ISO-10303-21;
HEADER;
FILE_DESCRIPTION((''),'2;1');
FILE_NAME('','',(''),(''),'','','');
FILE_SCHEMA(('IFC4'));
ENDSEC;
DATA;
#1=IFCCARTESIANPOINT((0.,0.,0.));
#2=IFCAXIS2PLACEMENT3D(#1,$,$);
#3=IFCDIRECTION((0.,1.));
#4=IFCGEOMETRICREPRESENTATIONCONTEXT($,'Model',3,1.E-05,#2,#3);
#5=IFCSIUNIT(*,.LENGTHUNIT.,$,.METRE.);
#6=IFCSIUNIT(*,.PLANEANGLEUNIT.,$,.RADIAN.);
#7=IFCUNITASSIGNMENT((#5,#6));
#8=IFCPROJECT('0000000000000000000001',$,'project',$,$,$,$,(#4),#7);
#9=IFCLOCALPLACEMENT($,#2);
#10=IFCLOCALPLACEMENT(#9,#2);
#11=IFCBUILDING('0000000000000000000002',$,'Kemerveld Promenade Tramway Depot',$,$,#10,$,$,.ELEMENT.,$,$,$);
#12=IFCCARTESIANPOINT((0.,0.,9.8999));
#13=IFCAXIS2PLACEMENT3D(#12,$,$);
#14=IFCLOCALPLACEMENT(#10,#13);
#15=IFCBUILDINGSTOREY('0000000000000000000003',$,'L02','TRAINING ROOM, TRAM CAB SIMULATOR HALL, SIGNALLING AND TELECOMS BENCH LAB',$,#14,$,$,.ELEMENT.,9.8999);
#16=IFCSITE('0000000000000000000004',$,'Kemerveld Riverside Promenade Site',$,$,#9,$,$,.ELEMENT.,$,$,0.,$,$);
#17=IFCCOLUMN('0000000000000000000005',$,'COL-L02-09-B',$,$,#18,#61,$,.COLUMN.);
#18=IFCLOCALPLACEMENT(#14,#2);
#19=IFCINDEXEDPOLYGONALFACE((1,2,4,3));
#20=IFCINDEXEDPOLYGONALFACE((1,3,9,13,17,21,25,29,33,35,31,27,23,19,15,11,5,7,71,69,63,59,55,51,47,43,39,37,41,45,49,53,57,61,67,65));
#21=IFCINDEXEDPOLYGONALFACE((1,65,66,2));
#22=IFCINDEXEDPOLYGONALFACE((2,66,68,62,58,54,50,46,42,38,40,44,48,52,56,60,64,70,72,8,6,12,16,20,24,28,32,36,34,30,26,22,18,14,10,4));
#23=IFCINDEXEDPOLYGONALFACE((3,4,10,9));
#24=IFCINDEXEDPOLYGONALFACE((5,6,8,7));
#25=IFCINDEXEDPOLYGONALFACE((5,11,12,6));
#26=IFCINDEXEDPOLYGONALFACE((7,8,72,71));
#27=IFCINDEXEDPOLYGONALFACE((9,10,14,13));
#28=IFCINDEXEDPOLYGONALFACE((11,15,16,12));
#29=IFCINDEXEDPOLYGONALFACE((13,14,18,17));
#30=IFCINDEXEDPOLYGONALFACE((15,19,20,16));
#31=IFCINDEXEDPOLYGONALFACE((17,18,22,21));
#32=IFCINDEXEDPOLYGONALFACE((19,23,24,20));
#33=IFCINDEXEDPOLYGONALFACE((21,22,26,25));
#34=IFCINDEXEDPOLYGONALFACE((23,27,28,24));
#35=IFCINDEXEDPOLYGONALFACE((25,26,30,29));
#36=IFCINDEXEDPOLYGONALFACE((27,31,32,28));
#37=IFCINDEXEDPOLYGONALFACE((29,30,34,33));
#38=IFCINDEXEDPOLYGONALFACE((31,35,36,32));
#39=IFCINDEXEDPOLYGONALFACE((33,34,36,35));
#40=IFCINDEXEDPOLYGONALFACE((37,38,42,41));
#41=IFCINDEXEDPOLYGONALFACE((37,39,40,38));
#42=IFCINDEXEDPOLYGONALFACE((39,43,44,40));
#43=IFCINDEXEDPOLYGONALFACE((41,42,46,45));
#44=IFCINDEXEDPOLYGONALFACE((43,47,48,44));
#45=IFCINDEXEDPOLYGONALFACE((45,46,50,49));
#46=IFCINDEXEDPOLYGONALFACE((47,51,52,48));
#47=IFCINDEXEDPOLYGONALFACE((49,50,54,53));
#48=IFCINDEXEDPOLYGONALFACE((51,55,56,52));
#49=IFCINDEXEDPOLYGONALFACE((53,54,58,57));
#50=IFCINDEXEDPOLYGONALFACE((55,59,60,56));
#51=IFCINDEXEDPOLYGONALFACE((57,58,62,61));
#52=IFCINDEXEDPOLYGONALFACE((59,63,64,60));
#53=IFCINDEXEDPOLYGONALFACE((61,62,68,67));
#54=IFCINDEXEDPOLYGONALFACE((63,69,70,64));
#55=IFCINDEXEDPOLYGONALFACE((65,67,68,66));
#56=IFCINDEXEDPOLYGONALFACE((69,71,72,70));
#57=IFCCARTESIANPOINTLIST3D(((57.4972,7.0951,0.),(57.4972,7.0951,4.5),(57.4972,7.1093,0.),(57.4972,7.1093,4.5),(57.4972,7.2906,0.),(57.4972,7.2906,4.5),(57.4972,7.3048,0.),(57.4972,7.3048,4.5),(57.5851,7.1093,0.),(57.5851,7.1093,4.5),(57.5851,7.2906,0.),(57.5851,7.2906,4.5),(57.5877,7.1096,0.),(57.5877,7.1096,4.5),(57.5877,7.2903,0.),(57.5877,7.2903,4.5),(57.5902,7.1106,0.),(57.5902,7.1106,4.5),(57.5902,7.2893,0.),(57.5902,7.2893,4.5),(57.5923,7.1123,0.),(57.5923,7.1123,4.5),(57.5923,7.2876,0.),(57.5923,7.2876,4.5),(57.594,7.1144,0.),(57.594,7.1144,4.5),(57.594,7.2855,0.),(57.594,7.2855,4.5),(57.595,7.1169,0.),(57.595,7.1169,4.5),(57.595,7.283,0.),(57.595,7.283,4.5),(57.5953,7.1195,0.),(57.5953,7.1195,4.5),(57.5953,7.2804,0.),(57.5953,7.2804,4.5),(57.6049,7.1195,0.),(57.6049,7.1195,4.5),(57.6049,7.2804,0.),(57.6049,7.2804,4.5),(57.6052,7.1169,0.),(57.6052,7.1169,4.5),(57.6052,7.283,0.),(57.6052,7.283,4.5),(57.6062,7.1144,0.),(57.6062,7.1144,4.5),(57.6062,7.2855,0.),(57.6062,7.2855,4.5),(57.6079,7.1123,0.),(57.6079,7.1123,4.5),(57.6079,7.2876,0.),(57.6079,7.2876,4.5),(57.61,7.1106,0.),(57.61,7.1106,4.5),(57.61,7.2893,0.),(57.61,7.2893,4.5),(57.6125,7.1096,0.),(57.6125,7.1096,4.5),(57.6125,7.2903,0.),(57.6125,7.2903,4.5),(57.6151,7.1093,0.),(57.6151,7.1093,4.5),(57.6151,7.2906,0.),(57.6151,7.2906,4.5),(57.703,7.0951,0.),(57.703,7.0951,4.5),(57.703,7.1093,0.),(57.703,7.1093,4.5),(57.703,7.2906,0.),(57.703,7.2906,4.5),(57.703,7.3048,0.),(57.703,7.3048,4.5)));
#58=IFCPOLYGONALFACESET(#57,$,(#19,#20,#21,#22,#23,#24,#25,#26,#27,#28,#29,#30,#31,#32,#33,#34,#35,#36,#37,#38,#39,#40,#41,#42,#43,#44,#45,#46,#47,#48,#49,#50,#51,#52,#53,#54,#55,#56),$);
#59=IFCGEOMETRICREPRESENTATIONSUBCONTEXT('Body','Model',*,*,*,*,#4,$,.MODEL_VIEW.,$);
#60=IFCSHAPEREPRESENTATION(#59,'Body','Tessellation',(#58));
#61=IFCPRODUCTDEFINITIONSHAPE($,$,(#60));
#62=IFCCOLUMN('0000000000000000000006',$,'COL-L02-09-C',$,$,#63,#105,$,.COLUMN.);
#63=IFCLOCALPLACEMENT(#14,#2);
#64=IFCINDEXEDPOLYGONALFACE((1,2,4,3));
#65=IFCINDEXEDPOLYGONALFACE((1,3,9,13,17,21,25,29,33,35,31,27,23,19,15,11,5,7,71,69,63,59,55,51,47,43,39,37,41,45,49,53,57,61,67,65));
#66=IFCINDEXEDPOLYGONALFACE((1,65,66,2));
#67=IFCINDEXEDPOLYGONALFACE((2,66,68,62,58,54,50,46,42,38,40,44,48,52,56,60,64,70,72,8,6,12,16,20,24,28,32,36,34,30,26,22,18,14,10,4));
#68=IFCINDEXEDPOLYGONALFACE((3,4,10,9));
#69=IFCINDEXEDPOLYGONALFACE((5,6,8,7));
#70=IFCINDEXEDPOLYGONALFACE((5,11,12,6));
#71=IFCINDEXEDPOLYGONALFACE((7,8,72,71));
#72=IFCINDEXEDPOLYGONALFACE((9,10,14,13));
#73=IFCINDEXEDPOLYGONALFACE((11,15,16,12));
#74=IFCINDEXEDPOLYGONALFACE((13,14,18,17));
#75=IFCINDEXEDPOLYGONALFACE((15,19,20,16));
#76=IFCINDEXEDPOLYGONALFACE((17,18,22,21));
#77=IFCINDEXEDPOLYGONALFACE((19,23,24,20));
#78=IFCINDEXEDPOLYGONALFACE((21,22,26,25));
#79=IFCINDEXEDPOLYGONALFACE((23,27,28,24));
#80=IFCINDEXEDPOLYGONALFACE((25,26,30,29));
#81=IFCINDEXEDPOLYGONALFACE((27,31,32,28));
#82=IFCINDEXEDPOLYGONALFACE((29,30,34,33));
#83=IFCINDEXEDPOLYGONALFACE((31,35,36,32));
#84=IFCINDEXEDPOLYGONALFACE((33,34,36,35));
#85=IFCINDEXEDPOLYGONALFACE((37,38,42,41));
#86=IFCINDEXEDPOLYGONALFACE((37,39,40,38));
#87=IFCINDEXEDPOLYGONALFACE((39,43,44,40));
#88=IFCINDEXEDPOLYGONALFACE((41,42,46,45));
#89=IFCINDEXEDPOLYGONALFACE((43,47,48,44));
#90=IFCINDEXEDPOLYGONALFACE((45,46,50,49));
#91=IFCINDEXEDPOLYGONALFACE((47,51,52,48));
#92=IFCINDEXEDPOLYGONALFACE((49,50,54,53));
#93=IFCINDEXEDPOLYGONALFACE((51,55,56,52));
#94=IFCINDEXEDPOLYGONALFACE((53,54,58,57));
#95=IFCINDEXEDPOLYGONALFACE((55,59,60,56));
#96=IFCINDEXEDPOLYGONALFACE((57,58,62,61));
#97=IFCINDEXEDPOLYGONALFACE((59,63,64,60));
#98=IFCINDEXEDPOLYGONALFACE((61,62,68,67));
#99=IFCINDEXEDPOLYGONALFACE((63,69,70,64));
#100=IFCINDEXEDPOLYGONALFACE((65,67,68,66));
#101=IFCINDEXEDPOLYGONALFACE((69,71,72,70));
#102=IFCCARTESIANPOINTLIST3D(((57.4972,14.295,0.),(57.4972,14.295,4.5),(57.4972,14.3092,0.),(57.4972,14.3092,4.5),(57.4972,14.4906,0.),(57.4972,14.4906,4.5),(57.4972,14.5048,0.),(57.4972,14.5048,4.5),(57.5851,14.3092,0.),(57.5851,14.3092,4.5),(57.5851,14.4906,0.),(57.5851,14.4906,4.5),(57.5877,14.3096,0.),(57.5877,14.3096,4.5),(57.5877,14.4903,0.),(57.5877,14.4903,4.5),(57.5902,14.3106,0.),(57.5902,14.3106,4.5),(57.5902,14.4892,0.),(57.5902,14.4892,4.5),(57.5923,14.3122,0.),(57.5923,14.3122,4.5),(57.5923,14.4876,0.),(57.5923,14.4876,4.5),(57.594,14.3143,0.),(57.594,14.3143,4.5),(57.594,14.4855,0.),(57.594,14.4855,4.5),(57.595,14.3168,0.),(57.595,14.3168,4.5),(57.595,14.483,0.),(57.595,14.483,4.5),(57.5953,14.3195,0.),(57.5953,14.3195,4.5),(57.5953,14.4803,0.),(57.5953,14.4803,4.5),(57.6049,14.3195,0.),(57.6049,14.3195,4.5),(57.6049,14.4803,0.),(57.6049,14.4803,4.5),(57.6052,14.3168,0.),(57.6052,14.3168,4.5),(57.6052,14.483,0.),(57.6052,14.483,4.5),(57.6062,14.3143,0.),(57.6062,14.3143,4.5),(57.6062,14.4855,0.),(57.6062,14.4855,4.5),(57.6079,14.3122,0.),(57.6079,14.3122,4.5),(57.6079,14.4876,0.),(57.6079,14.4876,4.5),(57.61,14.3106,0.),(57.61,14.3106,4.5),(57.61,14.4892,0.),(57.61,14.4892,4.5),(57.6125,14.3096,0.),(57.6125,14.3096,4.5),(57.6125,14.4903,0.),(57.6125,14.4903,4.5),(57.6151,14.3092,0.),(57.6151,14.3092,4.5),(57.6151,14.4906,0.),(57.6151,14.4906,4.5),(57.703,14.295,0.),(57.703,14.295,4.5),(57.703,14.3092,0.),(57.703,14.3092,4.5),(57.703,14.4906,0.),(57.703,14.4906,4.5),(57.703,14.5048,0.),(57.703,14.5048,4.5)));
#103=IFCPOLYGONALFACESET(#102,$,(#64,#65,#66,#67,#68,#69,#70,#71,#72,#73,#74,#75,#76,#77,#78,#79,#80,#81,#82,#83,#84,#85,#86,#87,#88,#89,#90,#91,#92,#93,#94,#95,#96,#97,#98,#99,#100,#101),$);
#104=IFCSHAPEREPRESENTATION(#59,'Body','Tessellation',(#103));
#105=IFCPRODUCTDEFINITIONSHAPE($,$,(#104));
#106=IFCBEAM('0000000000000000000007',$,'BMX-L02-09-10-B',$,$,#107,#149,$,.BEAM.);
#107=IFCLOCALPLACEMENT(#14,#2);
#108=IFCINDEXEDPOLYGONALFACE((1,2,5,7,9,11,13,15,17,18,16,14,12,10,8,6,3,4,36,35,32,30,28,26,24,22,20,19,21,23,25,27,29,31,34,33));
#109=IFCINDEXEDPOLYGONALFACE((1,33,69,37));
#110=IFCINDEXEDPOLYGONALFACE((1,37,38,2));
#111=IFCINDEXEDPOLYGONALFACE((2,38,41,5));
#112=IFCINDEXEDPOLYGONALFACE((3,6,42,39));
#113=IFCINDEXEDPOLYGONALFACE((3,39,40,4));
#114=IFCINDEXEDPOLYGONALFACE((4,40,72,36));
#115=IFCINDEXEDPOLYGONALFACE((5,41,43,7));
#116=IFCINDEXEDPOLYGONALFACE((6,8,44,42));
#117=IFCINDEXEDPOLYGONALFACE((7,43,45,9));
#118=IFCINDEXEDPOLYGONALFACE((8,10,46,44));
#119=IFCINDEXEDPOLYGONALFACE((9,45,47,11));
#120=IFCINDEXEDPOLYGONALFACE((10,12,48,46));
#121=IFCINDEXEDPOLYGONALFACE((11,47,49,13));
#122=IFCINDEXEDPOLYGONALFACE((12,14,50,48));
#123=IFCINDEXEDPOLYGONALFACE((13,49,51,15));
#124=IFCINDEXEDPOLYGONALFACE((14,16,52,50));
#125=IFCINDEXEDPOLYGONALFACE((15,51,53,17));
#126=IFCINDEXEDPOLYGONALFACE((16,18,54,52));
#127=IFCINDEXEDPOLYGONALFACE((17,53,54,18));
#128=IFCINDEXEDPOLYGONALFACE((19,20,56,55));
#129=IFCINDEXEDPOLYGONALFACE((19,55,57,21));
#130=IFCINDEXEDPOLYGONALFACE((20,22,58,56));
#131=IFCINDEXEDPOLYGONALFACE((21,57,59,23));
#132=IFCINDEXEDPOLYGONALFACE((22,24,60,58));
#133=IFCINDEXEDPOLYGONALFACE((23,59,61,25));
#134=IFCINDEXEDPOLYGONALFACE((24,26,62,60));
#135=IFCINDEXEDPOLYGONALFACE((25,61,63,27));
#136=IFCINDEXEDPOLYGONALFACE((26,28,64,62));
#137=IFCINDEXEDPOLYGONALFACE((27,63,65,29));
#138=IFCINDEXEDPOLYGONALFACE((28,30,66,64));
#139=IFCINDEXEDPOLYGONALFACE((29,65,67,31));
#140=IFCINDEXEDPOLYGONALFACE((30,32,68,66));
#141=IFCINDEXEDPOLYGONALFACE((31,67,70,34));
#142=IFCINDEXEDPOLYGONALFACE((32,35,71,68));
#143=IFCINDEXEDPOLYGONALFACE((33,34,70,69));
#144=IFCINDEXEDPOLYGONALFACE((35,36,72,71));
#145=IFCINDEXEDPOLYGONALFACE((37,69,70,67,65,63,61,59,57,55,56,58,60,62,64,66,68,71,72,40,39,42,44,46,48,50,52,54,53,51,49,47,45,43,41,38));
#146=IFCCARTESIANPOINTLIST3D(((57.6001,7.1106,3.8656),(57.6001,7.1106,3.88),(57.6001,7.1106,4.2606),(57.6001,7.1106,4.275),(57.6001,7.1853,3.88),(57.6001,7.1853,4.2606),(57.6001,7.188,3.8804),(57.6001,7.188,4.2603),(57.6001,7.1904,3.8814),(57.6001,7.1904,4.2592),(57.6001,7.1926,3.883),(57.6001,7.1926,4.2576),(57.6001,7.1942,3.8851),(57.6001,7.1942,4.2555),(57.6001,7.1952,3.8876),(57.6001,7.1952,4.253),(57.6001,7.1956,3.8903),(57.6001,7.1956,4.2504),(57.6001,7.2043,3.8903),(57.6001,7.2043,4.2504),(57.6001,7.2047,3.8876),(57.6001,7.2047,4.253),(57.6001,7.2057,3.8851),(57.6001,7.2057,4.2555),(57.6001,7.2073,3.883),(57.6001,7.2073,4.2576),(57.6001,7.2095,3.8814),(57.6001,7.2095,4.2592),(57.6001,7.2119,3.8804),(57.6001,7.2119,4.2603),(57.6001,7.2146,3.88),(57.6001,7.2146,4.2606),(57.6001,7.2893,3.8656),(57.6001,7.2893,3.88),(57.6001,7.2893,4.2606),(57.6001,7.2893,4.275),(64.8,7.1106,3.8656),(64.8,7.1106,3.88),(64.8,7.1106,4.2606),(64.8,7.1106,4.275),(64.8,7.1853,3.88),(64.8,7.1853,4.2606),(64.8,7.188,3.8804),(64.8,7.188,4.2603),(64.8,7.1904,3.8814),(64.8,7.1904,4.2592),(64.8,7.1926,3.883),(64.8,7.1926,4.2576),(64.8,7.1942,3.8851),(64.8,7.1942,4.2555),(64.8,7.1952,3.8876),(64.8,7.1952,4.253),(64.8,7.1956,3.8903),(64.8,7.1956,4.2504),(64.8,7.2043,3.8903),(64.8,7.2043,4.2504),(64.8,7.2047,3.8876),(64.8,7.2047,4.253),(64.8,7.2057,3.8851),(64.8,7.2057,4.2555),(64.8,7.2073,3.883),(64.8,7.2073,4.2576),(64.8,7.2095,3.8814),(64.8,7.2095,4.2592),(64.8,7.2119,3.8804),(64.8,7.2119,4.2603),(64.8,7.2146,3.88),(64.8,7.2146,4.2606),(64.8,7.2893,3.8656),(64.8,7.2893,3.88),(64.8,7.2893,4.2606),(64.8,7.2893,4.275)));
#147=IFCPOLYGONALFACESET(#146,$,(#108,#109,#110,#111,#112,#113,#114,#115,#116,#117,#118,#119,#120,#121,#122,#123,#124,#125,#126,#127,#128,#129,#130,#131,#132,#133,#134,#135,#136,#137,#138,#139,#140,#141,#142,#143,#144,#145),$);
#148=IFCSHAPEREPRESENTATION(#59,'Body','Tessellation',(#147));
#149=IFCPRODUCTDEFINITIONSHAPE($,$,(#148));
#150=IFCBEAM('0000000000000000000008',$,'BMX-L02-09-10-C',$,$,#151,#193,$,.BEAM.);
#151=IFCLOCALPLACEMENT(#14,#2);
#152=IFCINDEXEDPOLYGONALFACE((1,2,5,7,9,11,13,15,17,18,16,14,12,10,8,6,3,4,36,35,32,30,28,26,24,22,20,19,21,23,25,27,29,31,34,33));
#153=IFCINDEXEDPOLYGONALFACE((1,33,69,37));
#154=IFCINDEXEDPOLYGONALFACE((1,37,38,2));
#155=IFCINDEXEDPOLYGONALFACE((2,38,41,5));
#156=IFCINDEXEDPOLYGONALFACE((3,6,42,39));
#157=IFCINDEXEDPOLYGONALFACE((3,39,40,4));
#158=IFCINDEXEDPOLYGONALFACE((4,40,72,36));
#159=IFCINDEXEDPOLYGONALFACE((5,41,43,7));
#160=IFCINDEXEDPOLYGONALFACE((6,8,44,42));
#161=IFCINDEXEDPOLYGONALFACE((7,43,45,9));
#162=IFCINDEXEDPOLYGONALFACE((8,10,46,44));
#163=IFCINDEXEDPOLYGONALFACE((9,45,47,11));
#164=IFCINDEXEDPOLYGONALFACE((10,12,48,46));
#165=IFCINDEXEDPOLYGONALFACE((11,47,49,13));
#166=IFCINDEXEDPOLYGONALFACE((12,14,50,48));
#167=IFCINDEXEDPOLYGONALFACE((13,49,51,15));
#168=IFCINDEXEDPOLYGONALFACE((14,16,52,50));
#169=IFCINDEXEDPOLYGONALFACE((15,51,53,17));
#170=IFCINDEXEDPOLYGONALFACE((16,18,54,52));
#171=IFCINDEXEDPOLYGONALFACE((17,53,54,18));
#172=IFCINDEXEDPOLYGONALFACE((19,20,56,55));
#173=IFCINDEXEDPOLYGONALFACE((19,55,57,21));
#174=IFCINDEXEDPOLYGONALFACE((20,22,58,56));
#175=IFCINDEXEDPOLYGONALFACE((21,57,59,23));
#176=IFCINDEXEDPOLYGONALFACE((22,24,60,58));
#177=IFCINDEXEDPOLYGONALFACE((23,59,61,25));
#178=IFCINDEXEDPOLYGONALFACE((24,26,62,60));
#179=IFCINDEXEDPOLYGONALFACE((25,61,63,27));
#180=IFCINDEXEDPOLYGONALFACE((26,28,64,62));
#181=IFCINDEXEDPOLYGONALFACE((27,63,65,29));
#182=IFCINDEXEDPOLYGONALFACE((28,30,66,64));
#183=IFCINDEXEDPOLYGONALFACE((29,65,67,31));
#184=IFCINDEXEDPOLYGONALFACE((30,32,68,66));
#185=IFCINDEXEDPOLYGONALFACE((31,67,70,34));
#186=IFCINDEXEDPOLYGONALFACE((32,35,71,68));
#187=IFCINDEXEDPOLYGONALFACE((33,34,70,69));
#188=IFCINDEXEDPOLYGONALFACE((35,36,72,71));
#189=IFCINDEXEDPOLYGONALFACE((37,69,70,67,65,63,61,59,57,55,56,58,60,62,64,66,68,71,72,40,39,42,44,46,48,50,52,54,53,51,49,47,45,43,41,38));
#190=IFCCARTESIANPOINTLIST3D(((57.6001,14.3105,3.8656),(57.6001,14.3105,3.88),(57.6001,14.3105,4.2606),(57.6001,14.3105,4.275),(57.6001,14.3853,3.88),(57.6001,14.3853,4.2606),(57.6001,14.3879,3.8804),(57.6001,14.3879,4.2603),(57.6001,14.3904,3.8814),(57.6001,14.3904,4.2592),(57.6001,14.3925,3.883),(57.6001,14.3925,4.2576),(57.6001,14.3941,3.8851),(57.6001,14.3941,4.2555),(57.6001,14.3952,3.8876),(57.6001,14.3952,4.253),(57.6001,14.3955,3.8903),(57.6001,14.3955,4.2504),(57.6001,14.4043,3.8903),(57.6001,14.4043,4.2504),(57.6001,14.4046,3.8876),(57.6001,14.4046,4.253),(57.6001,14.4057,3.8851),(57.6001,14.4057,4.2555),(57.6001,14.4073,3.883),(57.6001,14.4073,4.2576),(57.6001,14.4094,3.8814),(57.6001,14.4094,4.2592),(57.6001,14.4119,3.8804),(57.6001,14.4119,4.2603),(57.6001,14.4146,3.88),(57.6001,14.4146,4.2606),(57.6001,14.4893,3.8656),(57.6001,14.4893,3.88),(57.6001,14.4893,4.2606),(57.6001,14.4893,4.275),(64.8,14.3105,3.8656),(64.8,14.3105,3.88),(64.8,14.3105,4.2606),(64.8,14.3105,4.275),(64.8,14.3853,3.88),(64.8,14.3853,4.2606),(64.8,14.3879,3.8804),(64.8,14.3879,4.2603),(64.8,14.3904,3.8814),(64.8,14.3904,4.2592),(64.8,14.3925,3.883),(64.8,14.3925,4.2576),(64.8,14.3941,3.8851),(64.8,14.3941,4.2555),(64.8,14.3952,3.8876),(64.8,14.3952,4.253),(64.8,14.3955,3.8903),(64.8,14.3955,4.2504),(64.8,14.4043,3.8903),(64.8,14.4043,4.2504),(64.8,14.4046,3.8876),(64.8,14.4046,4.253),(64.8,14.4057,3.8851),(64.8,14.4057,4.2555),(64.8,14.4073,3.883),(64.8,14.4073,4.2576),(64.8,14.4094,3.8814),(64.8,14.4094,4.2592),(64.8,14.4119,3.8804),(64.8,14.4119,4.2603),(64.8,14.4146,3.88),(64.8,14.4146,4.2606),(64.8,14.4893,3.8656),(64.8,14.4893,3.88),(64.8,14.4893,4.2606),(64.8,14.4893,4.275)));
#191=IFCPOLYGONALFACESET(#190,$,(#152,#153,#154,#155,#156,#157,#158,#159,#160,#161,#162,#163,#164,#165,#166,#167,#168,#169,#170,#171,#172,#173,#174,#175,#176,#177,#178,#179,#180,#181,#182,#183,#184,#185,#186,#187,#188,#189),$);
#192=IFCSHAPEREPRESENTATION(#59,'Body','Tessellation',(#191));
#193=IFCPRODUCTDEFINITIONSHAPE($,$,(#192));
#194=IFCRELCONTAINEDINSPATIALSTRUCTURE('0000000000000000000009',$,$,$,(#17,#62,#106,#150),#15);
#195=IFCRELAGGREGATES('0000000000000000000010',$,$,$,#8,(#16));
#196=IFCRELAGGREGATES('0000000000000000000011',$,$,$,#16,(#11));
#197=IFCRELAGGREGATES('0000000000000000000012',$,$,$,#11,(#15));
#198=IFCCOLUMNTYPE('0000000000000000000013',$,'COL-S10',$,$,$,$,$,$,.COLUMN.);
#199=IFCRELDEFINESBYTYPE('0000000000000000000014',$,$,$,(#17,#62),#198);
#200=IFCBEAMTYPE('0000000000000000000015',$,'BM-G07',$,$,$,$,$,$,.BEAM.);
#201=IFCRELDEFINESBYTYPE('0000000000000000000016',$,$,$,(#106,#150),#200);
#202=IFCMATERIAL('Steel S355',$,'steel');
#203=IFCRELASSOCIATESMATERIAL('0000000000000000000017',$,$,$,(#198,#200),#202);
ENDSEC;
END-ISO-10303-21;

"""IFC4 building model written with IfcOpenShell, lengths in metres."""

from ifc_helpers import new_model, si_unit, direction, frame, origin, origin_2d, place, context, subcontext, project, spatial, i_section, extrude, material, material_profile, profile_set, type_object, element, save


model = new_model("IFC4")

# Units and contexts
model_context = context("Model", 3, precision=1e-05, world=origin(), true_north=direction((0.0, 1.0)))
body_context = subcontext(model_context, "Body", "Model", "MODEL_VIEW")
ifc_project = project(units=[si_unit("LENGTHUNIT", "METRE"), si_unit("PLANEANGLEUNIT", "RADIAN")], contexts=[model_context])

# Site, building, storey
site_placement = place(None, origin())
site = spatial("IfcSite", under=ifc_project, at=site_placement, Name="Kemerveld Riverside Promenade Site", CompositionType="ELEMENT", RefElevation=0.0)
building_placement = place(site_placement, origin())
building = spatial("IfcBuilding", under=site, at=building_placement, Name="Kemerveld Promenade Tramway Depot", CompositionType="ELEMENT")
storey_placement = place(building_placement, frame((0.0, 0.0, 9.8999)))
storey = spatial("IfcBuildingStorey", under=building, at=storey_placement, Name="L02", Description="TRAINING ROOM, TRAM CAB SIMULATOR HALL, SIGNALLING AND TELECOMS BENCH LAB", CompositionType="ELEMENT", Elevation=9.8999)

# Columns
ifc_material_1 = material(Name="Steel S355", Category="steel")
ifc_material_profile_1 = material_profile(ifc_material_1, i_section(OverallWidth=0.2058, OverallDepth=0.2097, WebThickness=0.0095, FlangeThickness=0.0142, FilletRadius=0.0103, at=origin_2d()), Name="203x203x60 UC")
ifc_profile_set_1 = profile_set([ifc_material_profile_1], Name="Steel S355")
column_type = type_object("IfcColumnType", Name="COL-S10", PredefinedType="COLUMN", material=ifc_profile_set_1)
for number, where, z_axis, x_axis, name in (
    (1, (57.6001, 7.2, 0.0), (0.0, 0.0, 1.0), (1.0, 0.0, 0.0), "COL-L02-09-B"),
    (2, (57.6001, 14.3999, 0.0), (0.0, 0.0, 1.0), (1.0, 0.0, 0.0), "COL-L02-09-C"),
):
    element("IfcColumn", number, at=place(storey_placement, frame(where, z_axis=z_axis, x_axis=x_axis)), inside=storey, type_object=column_type, Name=name, PredefinedType="COLUMN", context=body_context, shape_type="SweptSolid", body=[
        extrude(i_section(OverallWidth=0.2058, OverallDepth=0.2097, WebThickness=0.0095, FlangeThickness=0.0142, FilletRadius=0.0103, at=origin_2d()), origin(), (0.0, 0.0, 1.0), 4.5),
    ])

# Beams
ifc_material_profile_2 = material_profile(ifc_material_1, i_section(OverallWidth=0.1787, OverallDepth=0.4094, WebThickness=0.0088, FlangeThickness=0.0144, FilletRadius=0.0103, at=origin_2d()), Name="406x178x67 UB")
ifc_profile_set_2 = profile_set([ifc_material_profile_2], Name="Steel S355")
beam_type_1 = type_object("IfcBeamType", Name="BM-G07", PredefinedType="BEAM", material=ifc_profile_set_2)
for number, where, z_axis, x_axis, name in (
    (3, (57.6001, 7.2, 4.0703), (1.0, 0.0, 0.0), (0.0, 1.0, 0.0), "BMX-L02-09-10-B"),
    (4, (57.6001, 14.3999, 4.0703), (1.0, 0.0, 0.0), (0.0, 1.0, 0.0), "BMX-L02-09-10-C"),
):
    element("IfcBeam", number, at=place(storey_placement, frame(where, z_axis=z_axis, x_axis=x_axis)), inside=storey, type_object=beam_type_1, Name=name, PredefinedType="BEAM", context=body_context, shape_type="SweptSolid", body=[
        extrude(i_section(OverallWidth=0.1787, OverallDepth=0.4094, WebThickness=0.0088, FlangeThickness=0.0144, FilletRadius=0.0103, at=origin_2d()), origin(), (0.0, 0.0, 1.0), 7.2),
    ])

save(model, "model.ifc")
